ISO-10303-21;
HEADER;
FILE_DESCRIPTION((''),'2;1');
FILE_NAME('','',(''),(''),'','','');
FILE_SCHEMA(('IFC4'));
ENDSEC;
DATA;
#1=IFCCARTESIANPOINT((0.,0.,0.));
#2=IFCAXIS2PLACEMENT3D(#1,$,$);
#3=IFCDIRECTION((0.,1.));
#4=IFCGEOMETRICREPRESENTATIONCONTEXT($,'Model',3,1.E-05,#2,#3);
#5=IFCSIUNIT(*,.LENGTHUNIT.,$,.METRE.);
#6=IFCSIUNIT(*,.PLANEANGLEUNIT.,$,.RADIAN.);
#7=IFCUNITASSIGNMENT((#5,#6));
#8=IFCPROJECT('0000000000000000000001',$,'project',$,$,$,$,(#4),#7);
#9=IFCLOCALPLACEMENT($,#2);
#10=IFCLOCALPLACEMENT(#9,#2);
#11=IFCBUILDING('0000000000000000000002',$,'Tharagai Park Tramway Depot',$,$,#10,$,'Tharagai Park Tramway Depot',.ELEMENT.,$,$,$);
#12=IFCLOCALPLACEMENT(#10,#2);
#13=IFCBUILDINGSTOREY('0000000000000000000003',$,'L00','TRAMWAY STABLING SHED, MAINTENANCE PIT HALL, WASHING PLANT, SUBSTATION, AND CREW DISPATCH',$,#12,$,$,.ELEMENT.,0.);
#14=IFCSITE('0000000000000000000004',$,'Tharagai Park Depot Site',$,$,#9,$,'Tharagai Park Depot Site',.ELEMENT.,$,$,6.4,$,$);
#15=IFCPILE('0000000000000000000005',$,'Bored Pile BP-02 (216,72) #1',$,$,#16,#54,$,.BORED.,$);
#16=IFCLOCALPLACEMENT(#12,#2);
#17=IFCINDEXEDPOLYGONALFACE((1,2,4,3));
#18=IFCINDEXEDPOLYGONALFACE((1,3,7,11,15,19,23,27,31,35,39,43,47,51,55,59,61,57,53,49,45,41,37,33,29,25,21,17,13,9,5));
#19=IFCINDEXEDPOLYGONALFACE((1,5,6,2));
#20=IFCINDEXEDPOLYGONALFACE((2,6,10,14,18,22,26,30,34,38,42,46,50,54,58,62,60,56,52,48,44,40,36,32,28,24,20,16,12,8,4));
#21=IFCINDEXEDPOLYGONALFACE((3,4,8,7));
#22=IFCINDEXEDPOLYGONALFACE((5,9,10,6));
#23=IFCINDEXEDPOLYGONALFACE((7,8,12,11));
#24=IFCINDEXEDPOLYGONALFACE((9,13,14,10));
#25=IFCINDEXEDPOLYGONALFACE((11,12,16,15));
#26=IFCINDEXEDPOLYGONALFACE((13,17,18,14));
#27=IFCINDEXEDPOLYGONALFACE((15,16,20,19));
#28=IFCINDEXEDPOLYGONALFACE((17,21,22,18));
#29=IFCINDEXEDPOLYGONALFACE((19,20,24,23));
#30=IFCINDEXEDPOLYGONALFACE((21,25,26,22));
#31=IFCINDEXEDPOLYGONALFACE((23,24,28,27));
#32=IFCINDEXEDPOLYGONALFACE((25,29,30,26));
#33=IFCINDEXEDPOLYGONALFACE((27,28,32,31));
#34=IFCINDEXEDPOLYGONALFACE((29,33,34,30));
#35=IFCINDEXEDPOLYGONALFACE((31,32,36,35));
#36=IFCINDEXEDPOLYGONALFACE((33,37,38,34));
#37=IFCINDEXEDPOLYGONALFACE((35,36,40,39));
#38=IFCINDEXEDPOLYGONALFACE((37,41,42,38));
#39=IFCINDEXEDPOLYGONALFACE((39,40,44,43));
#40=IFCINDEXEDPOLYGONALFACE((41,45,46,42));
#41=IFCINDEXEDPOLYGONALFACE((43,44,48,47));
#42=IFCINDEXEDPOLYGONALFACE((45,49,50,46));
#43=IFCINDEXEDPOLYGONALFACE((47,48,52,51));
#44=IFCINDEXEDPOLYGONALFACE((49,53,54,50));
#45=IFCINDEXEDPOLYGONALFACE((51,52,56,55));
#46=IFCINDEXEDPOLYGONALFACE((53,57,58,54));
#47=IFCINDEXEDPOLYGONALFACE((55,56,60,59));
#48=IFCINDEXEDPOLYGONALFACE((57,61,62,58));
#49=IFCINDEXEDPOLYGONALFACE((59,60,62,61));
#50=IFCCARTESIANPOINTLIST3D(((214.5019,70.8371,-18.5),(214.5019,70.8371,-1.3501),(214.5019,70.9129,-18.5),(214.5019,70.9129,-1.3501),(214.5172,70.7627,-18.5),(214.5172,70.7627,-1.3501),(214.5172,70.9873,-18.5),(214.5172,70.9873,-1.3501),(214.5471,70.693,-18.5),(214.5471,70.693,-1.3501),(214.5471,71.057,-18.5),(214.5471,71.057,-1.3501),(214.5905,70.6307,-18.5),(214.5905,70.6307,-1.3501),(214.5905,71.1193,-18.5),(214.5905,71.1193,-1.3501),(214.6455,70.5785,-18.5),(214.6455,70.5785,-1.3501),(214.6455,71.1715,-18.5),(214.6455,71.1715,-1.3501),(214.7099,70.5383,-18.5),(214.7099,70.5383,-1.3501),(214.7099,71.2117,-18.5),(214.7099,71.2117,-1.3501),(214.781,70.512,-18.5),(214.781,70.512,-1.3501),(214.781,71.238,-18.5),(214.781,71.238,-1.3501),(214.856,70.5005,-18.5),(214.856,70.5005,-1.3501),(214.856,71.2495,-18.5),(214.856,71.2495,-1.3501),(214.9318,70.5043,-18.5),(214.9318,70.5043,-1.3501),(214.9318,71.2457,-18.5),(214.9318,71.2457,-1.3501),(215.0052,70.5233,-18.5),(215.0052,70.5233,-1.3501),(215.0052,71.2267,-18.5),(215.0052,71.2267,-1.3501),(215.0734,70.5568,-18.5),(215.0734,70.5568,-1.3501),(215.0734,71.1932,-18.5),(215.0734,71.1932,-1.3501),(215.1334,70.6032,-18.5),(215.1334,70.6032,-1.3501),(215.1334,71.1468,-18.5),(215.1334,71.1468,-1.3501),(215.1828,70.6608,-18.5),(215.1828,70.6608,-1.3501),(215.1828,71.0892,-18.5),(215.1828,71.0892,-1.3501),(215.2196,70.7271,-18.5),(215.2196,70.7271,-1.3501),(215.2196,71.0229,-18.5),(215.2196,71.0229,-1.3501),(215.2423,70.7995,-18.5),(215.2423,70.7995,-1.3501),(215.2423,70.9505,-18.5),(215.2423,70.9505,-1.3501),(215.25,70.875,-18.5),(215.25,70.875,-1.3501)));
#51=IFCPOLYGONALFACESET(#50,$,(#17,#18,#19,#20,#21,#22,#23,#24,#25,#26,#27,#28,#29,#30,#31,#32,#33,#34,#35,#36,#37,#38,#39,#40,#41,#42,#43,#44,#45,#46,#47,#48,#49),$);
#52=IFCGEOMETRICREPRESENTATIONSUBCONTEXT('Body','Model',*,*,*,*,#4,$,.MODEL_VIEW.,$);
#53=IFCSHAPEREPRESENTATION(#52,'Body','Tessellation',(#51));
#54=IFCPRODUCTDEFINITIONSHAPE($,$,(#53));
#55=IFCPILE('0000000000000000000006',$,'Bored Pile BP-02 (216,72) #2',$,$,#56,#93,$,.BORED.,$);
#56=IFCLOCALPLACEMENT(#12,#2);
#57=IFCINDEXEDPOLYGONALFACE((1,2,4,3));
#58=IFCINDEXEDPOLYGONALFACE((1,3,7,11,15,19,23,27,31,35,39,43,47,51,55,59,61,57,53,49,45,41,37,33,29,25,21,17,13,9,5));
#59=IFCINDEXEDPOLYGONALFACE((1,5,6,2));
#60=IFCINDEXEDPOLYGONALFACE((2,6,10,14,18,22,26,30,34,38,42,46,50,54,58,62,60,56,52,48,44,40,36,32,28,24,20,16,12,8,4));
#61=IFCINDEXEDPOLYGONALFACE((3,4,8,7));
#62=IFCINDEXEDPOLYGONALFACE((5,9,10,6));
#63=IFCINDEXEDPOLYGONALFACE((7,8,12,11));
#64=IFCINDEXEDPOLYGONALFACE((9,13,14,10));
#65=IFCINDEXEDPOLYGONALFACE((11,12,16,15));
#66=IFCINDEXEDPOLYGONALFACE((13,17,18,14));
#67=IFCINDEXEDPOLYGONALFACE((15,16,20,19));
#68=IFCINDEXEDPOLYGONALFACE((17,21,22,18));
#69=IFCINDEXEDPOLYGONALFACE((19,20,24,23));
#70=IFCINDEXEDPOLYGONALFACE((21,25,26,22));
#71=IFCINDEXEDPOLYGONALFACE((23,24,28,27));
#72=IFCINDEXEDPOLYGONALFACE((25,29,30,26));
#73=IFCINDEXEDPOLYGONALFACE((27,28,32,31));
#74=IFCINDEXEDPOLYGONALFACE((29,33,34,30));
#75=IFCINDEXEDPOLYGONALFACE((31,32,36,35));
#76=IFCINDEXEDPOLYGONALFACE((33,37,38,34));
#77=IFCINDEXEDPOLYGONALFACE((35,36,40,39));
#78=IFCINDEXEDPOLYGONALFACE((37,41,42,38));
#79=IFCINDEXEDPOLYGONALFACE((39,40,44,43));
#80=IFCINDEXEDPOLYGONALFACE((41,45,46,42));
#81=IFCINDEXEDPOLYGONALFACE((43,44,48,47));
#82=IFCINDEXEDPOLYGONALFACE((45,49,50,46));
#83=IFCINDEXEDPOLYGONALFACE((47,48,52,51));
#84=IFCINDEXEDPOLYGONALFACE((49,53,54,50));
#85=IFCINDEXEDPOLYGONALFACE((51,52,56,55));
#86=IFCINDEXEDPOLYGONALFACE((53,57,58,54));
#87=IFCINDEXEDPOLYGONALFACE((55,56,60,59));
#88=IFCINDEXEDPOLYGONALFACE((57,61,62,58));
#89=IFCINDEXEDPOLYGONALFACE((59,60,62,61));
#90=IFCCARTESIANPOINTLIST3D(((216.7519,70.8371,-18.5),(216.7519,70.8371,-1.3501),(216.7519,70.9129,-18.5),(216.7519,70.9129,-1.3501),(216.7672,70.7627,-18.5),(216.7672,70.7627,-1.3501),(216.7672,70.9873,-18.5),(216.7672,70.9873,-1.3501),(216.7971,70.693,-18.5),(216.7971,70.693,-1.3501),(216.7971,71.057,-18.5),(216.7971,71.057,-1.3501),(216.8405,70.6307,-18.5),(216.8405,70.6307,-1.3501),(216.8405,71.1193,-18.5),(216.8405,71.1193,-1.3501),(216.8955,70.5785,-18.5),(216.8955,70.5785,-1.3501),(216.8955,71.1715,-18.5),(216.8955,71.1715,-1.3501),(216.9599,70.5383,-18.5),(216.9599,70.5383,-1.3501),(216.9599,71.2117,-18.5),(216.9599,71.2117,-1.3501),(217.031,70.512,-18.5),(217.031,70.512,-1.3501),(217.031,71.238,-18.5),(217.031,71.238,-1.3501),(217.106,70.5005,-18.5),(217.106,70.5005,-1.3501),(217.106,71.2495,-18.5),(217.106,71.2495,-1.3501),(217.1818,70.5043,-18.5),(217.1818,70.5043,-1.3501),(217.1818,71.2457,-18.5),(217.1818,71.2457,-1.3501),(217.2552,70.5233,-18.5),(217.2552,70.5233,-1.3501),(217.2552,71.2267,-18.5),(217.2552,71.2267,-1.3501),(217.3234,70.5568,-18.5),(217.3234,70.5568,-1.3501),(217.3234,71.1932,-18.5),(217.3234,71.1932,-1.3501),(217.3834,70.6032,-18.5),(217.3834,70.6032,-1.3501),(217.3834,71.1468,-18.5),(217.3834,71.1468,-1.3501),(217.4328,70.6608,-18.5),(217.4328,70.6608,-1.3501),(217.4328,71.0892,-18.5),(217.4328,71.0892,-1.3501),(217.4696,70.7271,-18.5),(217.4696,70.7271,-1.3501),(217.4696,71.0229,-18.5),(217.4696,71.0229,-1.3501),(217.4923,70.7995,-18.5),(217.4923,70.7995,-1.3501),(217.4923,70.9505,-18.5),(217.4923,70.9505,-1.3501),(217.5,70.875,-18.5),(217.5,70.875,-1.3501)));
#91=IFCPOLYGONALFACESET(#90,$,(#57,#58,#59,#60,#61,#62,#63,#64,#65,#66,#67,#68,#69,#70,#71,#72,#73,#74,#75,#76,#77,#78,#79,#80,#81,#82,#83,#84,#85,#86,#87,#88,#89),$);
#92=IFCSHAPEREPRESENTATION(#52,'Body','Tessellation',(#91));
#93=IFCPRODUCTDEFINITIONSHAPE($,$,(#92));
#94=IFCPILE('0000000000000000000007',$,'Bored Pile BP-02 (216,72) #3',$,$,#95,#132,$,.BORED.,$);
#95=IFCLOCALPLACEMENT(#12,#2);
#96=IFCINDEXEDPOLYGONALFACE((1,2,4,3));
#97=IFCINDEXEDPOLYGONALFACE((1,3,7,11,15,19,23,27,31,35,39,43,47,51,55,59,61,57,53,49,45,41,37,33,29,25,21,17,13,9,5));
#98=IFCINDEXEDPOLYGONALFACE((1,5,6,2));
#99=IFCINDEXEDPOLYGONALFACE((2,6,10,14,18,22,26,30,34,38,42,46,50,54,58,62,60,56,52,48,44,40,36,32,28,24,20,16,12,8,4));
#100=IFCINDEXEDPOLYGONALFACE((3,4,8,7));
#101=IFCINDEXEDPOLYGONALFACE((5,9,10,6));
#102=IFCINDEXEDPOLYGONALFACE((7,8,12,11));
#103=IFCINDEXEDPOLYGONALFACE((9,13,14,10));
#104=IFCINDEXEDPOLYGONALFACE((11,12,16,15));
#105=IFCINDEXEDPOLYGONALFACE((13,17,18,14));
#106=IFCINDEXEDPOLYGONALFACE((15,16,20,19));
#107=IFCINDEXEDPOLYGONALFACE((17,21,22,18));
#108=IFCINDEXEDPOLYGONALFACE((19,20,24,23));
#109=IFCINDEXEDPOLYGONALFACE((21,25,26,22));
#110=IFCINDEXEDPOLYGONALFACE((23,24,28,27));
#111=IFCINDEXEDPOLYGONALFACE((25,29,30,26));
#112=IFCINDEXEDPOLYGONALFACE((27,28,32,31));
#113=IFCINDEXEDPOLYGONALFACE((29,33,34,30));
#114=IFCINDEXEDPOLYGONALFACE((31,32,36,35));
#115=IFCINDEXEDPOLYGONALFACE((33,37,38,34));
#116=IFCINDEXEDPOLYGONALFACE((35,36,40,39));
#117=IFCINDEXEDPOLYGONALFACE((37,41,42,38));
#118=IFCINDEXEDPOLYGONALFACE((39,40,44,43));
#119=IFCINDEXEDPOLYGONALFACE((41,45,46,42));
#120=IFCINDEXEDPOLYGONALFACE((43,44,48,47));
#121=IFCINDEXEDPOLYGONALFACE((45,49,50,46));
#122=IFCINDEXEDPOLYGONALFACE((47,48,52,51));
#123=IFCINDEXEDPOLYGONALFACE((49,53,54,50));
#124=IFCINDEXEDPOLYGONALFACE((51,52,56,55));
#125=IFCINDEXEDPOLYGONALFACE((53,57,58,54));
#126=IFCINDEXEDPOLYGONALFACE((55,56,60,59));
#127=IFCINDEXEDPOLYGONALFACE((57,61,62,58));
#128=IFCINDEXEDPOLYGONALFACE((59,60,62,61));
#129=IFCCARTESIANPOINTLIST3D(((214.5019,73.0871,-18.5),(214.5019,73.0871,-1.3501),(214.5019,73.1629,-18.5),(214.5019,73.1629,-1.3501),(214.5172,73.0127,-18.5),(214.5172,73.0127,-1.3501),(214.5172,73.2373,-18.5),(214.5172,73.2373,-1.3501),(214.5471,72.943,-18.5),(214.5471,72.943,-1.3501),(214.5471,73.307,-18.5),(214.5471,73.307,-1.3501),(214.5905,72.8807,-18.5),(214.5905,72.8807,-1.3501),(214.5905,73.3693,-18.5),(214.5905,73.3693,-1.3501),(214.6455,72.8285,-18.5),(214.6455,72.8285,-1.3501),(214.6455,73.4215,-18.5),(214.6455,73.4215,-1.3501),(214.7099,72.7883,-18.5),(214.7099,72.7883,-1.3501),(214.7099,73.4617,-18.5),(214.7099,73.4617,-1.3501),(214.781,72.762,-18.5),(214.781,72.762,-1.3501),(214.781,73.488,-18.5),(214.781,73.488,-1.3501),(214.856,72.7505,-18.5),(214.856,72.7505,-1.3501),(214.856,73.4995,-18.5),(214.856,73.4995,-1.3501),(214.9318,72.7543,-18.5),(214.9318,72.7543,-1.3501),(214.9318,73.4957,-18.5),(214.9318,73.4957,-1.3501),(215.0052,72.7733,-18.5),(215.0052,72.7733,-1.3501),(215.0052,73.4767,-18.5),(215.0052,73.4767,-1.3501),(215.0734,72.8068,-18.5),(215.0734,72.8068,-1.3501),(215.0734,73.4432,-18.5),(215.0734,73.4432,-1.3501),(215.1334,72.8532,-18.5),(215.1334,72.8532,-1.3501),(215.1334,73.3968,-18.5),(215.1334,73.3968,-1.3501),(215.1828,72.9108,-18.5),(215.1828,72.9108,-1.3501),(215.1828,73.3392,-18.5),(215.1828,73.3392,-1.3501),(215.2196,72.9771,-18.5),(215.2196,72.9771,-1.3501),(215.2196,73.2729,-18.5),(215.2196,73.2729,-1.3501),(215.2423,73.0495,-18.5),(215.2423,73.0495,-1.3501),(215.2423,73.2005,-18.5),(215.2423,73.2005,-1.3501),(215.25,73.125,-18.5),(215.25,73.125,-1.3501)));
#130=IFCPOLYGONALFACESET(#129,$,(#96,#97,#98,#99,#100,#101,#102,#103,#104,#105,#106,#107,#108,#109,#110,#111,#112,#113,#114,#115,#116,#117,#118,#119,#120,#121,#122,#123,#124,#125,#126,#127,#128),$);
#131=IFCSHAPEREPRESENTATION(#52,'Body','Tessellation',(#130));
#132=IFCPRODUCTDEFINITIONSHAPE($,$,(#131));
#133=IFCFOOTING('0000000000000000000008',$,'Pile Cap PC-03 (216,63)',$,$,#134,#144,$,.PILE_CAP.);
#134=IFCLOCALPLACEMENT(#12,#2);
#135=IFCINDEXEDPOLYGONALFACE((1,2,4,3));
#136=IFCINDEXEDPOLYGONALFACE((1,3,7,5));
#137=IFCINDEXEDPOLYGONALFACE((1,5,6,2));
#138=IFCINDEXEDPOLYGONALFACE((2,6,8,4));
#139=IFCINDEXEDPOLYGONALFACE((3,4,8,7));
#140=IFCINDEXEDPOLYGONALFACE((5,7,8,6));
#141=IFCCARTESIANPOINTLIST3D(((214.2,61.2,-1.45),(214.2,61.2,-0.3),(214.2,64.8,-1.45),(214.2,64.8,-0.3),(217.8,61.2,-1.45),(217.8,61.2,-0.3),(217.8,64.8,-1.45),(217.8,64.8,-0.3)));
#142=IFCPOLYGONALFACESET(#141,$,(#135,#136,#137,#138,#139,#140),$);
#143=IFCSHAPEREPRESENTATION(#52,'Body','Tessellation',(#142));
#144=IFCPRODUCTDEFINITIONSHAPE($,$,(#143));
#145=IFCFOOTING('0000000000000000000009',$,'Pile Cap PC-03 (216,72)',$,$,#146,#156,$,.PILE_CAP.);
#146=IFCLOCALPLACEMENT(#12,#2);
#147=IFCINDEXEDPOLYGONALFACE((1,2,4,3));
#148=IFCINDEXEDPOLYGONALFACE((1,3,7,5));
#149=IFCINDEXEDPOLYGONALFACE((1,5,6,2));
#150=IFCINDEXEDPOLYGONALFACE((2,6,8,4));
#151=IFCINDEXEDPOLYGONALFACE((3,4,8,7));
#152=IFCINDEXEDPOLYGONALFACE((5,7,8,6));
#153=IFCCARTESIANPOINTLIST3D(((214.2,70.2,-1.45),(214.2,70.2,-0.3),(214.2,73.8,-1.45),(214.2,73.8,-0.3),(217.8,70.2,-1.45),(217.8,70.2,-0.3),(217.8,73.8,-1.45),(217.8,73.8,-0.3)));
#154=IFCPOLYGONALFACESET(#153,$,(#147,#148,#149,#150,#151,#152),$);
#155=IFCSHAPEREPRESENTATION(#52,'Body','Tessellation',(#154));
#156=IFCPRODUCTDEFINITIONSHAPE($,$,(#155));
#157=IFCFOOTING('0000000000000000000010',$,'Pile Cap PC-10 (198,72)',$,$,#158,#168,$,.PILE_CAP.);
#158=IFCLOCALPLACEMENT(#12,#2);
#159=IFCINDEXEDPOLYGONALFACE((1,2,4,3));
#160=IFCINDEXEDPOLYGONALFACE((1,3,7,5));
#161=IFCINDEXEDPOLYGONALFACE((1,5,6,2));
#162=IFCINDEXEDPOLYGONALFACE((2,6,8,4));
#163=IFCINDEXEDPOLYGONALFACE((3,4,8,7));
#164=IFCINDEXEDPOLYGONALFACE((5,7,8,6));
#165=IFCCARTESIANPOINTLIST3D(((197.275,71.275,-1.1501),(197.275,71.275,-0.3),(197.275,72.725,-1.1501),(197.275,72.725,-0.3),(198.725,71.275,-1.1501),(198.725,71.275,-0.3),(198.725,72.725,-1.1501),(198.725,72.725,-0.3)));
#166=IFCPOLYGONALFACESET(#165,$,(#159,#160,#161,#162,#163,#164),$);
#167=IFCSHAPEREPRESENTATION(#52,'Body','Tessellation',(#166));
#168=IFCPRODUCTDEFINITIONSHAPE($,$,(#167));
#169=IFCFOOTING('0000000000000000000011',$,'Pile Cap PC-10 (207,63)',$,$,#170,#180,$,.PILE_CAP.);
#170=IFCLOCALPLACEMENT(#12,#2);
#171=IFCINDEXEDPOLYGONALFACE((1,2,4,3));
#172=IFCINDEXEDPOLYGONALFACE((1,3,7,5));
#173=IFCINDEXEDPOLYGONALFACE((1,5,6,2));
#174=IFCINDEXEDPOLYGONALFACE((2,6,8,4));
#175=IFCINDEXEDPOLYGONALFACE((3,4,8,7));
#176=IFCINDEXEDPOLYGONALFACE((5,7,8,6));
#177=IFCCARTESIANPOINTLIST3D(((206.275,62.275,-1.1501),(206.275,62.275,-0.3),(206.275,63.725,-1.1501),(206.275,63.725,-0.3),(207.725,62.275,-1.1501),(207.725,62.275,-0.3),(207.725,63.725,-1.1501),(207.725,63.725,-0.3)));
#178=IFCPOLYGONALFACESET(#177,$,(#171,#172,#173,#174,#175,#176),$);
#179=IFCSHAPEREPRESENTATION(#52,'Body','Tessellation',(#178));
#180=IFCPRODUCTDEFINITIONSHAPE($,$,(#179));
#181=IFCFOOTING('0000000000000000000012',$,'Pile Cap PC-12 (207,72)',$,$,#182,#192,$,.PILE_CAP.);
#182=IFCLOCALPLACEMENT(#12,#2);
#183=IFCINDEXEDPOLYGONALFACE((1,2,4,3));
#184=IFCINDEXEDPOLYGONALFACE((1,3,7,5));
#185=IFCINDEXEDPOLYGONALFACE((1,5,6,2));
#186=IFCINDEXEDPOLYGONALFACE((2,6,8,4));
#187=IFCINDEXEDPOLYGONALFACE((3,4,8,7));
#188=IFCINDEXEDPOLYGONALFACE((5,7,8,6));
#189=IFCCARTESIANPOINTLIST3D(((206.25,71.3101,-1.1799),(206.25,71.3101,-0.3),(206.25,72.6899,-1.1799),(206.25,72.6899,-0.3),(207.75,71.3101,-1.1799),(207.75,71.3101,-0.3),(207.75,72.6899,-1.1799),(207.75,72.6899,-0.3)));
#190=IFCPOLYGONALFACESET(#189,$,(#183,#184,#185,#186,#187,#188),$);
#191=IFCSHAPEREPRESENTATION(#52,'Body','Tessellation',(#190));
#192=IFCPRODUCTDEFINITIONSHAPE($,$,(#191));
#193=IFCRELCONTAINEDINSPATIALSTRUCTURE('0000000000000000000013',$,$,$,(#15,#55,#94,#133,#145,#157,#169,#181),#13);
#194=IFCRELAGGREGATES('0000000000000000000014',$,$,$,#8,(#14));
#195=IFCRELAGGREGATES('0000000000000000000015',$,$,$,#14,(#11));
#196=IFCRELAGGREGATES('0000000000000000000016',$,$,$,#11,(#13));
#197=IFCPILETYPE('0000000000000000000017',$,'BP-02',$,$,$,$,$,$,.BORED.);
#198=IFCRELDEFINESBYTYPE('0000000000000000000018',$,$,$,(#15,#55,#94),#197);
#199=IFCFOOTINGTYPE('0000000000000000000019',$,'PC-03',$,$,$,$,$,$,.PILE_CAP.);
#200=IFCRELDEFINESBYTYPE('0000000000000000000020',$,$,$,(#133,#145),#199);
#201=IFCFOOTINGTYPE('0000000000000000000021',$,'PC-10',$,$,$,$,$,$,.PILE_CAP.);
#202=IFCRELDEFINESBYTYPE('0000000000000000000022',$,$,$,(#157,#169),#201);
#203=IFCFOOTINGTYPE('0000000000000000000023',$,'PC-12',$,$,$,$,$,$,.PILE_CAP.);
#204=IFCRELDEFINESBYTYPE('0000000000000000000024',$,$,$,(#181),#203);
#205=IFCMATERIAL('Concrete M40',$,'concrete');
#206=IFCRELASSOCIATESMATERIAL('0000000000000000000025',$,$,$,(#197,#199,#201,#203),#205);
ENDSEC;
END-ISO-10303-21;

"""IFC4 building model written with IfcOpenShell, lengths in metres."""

from ifc_helpers import new_model, si_unit, direction, frame, origin, origin_2d, place, context, subcontext, project, spatial, rectangle, circle, extrude, material, material_profile, profile_set, type_object, element, save


model = new_model("IFC4")

# Units and contexts
model_context = context("Model", 3, precision=1e-05, world=origin(), true_north=direction((0.0, 1.0)))
body_context = subcontext(model_context, "Body", "Model", "MODEL_VIEW")
ifc_project = project(units=[si_unit("LENGTHUNIT", "METRE"), si_unit("PLANEANGLEUNIT", "RADIAN")], contexts=[model_context])

# Site, building, storey
site_placement = place(None, origin())
site = spatial("IfcSite", under=ifc_project, at=site_placement, Name="Tharagai Park Depot Site", LongName="Tharagai Park Depot Site", CompositionType="ELEMENT", RefElevation=6.4)
building_placement = place(site_placement, origin())
building = spatial("IfcBuilding", under=site, at=building_placement, Name="Tharagai Park Tramway Depot", LongName="Tharagai Park Tramway Depot", CompositionType="ELEMENT")
storey_placement = place(building_placement, origin())
storey = spatial("IfcBuildingStorey", under=building, at=storey_placement, Name="L00", Description="TRAMWAY STABLING SHED, MAINTENANCE PIT HALL, WASHING PLANT, SUBSTATION, AND CREW DISPATCH", CompositionType="ELEMENT", Elevation=0.0)

# Piles
ifc_material_1 = material(Name="Concrete M40", Category="concrete")
ifc_material_profile_1 = material_profile(ifc_material_1, circle(Radius=0.375, at=origin_2d()), Name="PILE D750")
ifc_profile_set_1 = profile_set([ifc_material_profile_1], Name="Concrete M40")
pile_type = type_object("IfcPileType", Name="BP-02", PredefinedType="BORED", material=ifc_profile_set_1)
for number, where, z_axis, x_axis, name in (
    (1, (214.875, 70.875, -1.3501), (0.0, 0.0, -1.0), (1.0, 0.0, 0.0), "Bored Pile BP-02 (216,72) #1"),
    (2, (217.125, 70.875, -1.3501), (0.0, 0.0, -1.0), (1.0, 0.0, 0.0), "Bored Pile BP-02 (216,72) #2"),
    (3, (214.875, 73.125, -1.3501), (0.0, 0.0, -1.0), (1.0, 0.0, 0.0), "Bored Pile BP-02 (216,72) #3"),
):
    element("IfcPile", number, at=place(storey_placement, frame(where, z_axis=z_axis, x_axis=x_axis)), inside=storey, type_object=pile_type, Name=name, PredefinedType="BORED", context=body_context, shape_type="SweptSolid", body=[
        extrude(circle(Radius=0.375, at=origin_2d()), origin(), (0.0, 0.0, 1.0), 17.1499),
    ])

# Footings
footing_type_1 = type_object("IfcFootingType", Name="PC-03", PredefinedType="PILE_CAP", material=ifc_material_1)
for number, where, z_axis, x_axis, name in (
    (4, (216.0, 63.0, -1.45), (0.0, 0.0, 1.0), (1.0, 0.0, 0.0), "Pile Cap PC-03 (216,63)"),
    (5, (216.0, 72.0, -1.45), (0.0, 0.0, 1.0), (1.0, 0.0, 0.0), "Pile Cap PC-03 (216,72)"),
):
    element("IfcFooting", number, at=place(storey_placement, frame(where, z_axis=z_axis, x_axis=x_axis)), inside=storey, type_object=footing_type_1, Name=name, PredefinedType="PILE_CAP", context=body_context, shape_type="SweptSolid", body=[
        extrude(rectangle(XDim=3.6001, YDim=3.6001, at=origin_2d()), origin(), (0.0, 0.0, 1.0), 1.1499),
    ])
footing_type_2 = type_object("IfcFootingType", Name="PC-10", PredefinedType="PILE_CAP", material=ifc_material_1)
for number, where, z_axis, x_axis, name in (
    (6, (198.0, 72.0, -1.1501), (0.0, 0.0, 1.0), (1.0, 0.0, 0.0), "Pile Cap PC-10 (198,72)"),
    (7, (207.0, 63.0, -1.1501), (0.0, 0.0, 1.0), (1.0, 0.0, 0.0), "Pile Cap PC-10 (207,63)"),
):
    element("IfcFooting", number, at=place(storey_placement, frame(where, z_axis=z_axis, x_axis=x_axis)), inside=storey, type_object=footing_type_2, Name=name, PredefinedType="PILE_CAP", context=body_context, shape_type="SweptSolid", body=[
        extrude(rectangle(XDim=1.45, YDim=1.45, at=origin_2d()), origin(), (0.0, 0.0, 1.0), 0.8501),
    ])
footing_type_3 = type_object("IfcFootingType", Name="PC-12", PredefinedType="PILE_CAP", material=ifc_material_1)
footing_placement = place(storey_placement, frame((207.0, 72.0, -1.1799), z_axis=(0.0, 0.0, 1.0), x_axis=(1.0, 0.0, 0.0)))
element("IfcFooting", 8, at=footing_placement, inside=storey, type_object=footing_type_3, Name="Pile Cap PC-12 (207,72)", PredefinedType="PILE_CAP", context=body_context, shape_type="SweptSolid", body=[
    extrude(rectangle(XDim=1.5, YDim=1.3799, at=origin_2d()), origin(), (0.0, 0.0, 1.0), 0.8799),
])

save(model, "model.ifc")
